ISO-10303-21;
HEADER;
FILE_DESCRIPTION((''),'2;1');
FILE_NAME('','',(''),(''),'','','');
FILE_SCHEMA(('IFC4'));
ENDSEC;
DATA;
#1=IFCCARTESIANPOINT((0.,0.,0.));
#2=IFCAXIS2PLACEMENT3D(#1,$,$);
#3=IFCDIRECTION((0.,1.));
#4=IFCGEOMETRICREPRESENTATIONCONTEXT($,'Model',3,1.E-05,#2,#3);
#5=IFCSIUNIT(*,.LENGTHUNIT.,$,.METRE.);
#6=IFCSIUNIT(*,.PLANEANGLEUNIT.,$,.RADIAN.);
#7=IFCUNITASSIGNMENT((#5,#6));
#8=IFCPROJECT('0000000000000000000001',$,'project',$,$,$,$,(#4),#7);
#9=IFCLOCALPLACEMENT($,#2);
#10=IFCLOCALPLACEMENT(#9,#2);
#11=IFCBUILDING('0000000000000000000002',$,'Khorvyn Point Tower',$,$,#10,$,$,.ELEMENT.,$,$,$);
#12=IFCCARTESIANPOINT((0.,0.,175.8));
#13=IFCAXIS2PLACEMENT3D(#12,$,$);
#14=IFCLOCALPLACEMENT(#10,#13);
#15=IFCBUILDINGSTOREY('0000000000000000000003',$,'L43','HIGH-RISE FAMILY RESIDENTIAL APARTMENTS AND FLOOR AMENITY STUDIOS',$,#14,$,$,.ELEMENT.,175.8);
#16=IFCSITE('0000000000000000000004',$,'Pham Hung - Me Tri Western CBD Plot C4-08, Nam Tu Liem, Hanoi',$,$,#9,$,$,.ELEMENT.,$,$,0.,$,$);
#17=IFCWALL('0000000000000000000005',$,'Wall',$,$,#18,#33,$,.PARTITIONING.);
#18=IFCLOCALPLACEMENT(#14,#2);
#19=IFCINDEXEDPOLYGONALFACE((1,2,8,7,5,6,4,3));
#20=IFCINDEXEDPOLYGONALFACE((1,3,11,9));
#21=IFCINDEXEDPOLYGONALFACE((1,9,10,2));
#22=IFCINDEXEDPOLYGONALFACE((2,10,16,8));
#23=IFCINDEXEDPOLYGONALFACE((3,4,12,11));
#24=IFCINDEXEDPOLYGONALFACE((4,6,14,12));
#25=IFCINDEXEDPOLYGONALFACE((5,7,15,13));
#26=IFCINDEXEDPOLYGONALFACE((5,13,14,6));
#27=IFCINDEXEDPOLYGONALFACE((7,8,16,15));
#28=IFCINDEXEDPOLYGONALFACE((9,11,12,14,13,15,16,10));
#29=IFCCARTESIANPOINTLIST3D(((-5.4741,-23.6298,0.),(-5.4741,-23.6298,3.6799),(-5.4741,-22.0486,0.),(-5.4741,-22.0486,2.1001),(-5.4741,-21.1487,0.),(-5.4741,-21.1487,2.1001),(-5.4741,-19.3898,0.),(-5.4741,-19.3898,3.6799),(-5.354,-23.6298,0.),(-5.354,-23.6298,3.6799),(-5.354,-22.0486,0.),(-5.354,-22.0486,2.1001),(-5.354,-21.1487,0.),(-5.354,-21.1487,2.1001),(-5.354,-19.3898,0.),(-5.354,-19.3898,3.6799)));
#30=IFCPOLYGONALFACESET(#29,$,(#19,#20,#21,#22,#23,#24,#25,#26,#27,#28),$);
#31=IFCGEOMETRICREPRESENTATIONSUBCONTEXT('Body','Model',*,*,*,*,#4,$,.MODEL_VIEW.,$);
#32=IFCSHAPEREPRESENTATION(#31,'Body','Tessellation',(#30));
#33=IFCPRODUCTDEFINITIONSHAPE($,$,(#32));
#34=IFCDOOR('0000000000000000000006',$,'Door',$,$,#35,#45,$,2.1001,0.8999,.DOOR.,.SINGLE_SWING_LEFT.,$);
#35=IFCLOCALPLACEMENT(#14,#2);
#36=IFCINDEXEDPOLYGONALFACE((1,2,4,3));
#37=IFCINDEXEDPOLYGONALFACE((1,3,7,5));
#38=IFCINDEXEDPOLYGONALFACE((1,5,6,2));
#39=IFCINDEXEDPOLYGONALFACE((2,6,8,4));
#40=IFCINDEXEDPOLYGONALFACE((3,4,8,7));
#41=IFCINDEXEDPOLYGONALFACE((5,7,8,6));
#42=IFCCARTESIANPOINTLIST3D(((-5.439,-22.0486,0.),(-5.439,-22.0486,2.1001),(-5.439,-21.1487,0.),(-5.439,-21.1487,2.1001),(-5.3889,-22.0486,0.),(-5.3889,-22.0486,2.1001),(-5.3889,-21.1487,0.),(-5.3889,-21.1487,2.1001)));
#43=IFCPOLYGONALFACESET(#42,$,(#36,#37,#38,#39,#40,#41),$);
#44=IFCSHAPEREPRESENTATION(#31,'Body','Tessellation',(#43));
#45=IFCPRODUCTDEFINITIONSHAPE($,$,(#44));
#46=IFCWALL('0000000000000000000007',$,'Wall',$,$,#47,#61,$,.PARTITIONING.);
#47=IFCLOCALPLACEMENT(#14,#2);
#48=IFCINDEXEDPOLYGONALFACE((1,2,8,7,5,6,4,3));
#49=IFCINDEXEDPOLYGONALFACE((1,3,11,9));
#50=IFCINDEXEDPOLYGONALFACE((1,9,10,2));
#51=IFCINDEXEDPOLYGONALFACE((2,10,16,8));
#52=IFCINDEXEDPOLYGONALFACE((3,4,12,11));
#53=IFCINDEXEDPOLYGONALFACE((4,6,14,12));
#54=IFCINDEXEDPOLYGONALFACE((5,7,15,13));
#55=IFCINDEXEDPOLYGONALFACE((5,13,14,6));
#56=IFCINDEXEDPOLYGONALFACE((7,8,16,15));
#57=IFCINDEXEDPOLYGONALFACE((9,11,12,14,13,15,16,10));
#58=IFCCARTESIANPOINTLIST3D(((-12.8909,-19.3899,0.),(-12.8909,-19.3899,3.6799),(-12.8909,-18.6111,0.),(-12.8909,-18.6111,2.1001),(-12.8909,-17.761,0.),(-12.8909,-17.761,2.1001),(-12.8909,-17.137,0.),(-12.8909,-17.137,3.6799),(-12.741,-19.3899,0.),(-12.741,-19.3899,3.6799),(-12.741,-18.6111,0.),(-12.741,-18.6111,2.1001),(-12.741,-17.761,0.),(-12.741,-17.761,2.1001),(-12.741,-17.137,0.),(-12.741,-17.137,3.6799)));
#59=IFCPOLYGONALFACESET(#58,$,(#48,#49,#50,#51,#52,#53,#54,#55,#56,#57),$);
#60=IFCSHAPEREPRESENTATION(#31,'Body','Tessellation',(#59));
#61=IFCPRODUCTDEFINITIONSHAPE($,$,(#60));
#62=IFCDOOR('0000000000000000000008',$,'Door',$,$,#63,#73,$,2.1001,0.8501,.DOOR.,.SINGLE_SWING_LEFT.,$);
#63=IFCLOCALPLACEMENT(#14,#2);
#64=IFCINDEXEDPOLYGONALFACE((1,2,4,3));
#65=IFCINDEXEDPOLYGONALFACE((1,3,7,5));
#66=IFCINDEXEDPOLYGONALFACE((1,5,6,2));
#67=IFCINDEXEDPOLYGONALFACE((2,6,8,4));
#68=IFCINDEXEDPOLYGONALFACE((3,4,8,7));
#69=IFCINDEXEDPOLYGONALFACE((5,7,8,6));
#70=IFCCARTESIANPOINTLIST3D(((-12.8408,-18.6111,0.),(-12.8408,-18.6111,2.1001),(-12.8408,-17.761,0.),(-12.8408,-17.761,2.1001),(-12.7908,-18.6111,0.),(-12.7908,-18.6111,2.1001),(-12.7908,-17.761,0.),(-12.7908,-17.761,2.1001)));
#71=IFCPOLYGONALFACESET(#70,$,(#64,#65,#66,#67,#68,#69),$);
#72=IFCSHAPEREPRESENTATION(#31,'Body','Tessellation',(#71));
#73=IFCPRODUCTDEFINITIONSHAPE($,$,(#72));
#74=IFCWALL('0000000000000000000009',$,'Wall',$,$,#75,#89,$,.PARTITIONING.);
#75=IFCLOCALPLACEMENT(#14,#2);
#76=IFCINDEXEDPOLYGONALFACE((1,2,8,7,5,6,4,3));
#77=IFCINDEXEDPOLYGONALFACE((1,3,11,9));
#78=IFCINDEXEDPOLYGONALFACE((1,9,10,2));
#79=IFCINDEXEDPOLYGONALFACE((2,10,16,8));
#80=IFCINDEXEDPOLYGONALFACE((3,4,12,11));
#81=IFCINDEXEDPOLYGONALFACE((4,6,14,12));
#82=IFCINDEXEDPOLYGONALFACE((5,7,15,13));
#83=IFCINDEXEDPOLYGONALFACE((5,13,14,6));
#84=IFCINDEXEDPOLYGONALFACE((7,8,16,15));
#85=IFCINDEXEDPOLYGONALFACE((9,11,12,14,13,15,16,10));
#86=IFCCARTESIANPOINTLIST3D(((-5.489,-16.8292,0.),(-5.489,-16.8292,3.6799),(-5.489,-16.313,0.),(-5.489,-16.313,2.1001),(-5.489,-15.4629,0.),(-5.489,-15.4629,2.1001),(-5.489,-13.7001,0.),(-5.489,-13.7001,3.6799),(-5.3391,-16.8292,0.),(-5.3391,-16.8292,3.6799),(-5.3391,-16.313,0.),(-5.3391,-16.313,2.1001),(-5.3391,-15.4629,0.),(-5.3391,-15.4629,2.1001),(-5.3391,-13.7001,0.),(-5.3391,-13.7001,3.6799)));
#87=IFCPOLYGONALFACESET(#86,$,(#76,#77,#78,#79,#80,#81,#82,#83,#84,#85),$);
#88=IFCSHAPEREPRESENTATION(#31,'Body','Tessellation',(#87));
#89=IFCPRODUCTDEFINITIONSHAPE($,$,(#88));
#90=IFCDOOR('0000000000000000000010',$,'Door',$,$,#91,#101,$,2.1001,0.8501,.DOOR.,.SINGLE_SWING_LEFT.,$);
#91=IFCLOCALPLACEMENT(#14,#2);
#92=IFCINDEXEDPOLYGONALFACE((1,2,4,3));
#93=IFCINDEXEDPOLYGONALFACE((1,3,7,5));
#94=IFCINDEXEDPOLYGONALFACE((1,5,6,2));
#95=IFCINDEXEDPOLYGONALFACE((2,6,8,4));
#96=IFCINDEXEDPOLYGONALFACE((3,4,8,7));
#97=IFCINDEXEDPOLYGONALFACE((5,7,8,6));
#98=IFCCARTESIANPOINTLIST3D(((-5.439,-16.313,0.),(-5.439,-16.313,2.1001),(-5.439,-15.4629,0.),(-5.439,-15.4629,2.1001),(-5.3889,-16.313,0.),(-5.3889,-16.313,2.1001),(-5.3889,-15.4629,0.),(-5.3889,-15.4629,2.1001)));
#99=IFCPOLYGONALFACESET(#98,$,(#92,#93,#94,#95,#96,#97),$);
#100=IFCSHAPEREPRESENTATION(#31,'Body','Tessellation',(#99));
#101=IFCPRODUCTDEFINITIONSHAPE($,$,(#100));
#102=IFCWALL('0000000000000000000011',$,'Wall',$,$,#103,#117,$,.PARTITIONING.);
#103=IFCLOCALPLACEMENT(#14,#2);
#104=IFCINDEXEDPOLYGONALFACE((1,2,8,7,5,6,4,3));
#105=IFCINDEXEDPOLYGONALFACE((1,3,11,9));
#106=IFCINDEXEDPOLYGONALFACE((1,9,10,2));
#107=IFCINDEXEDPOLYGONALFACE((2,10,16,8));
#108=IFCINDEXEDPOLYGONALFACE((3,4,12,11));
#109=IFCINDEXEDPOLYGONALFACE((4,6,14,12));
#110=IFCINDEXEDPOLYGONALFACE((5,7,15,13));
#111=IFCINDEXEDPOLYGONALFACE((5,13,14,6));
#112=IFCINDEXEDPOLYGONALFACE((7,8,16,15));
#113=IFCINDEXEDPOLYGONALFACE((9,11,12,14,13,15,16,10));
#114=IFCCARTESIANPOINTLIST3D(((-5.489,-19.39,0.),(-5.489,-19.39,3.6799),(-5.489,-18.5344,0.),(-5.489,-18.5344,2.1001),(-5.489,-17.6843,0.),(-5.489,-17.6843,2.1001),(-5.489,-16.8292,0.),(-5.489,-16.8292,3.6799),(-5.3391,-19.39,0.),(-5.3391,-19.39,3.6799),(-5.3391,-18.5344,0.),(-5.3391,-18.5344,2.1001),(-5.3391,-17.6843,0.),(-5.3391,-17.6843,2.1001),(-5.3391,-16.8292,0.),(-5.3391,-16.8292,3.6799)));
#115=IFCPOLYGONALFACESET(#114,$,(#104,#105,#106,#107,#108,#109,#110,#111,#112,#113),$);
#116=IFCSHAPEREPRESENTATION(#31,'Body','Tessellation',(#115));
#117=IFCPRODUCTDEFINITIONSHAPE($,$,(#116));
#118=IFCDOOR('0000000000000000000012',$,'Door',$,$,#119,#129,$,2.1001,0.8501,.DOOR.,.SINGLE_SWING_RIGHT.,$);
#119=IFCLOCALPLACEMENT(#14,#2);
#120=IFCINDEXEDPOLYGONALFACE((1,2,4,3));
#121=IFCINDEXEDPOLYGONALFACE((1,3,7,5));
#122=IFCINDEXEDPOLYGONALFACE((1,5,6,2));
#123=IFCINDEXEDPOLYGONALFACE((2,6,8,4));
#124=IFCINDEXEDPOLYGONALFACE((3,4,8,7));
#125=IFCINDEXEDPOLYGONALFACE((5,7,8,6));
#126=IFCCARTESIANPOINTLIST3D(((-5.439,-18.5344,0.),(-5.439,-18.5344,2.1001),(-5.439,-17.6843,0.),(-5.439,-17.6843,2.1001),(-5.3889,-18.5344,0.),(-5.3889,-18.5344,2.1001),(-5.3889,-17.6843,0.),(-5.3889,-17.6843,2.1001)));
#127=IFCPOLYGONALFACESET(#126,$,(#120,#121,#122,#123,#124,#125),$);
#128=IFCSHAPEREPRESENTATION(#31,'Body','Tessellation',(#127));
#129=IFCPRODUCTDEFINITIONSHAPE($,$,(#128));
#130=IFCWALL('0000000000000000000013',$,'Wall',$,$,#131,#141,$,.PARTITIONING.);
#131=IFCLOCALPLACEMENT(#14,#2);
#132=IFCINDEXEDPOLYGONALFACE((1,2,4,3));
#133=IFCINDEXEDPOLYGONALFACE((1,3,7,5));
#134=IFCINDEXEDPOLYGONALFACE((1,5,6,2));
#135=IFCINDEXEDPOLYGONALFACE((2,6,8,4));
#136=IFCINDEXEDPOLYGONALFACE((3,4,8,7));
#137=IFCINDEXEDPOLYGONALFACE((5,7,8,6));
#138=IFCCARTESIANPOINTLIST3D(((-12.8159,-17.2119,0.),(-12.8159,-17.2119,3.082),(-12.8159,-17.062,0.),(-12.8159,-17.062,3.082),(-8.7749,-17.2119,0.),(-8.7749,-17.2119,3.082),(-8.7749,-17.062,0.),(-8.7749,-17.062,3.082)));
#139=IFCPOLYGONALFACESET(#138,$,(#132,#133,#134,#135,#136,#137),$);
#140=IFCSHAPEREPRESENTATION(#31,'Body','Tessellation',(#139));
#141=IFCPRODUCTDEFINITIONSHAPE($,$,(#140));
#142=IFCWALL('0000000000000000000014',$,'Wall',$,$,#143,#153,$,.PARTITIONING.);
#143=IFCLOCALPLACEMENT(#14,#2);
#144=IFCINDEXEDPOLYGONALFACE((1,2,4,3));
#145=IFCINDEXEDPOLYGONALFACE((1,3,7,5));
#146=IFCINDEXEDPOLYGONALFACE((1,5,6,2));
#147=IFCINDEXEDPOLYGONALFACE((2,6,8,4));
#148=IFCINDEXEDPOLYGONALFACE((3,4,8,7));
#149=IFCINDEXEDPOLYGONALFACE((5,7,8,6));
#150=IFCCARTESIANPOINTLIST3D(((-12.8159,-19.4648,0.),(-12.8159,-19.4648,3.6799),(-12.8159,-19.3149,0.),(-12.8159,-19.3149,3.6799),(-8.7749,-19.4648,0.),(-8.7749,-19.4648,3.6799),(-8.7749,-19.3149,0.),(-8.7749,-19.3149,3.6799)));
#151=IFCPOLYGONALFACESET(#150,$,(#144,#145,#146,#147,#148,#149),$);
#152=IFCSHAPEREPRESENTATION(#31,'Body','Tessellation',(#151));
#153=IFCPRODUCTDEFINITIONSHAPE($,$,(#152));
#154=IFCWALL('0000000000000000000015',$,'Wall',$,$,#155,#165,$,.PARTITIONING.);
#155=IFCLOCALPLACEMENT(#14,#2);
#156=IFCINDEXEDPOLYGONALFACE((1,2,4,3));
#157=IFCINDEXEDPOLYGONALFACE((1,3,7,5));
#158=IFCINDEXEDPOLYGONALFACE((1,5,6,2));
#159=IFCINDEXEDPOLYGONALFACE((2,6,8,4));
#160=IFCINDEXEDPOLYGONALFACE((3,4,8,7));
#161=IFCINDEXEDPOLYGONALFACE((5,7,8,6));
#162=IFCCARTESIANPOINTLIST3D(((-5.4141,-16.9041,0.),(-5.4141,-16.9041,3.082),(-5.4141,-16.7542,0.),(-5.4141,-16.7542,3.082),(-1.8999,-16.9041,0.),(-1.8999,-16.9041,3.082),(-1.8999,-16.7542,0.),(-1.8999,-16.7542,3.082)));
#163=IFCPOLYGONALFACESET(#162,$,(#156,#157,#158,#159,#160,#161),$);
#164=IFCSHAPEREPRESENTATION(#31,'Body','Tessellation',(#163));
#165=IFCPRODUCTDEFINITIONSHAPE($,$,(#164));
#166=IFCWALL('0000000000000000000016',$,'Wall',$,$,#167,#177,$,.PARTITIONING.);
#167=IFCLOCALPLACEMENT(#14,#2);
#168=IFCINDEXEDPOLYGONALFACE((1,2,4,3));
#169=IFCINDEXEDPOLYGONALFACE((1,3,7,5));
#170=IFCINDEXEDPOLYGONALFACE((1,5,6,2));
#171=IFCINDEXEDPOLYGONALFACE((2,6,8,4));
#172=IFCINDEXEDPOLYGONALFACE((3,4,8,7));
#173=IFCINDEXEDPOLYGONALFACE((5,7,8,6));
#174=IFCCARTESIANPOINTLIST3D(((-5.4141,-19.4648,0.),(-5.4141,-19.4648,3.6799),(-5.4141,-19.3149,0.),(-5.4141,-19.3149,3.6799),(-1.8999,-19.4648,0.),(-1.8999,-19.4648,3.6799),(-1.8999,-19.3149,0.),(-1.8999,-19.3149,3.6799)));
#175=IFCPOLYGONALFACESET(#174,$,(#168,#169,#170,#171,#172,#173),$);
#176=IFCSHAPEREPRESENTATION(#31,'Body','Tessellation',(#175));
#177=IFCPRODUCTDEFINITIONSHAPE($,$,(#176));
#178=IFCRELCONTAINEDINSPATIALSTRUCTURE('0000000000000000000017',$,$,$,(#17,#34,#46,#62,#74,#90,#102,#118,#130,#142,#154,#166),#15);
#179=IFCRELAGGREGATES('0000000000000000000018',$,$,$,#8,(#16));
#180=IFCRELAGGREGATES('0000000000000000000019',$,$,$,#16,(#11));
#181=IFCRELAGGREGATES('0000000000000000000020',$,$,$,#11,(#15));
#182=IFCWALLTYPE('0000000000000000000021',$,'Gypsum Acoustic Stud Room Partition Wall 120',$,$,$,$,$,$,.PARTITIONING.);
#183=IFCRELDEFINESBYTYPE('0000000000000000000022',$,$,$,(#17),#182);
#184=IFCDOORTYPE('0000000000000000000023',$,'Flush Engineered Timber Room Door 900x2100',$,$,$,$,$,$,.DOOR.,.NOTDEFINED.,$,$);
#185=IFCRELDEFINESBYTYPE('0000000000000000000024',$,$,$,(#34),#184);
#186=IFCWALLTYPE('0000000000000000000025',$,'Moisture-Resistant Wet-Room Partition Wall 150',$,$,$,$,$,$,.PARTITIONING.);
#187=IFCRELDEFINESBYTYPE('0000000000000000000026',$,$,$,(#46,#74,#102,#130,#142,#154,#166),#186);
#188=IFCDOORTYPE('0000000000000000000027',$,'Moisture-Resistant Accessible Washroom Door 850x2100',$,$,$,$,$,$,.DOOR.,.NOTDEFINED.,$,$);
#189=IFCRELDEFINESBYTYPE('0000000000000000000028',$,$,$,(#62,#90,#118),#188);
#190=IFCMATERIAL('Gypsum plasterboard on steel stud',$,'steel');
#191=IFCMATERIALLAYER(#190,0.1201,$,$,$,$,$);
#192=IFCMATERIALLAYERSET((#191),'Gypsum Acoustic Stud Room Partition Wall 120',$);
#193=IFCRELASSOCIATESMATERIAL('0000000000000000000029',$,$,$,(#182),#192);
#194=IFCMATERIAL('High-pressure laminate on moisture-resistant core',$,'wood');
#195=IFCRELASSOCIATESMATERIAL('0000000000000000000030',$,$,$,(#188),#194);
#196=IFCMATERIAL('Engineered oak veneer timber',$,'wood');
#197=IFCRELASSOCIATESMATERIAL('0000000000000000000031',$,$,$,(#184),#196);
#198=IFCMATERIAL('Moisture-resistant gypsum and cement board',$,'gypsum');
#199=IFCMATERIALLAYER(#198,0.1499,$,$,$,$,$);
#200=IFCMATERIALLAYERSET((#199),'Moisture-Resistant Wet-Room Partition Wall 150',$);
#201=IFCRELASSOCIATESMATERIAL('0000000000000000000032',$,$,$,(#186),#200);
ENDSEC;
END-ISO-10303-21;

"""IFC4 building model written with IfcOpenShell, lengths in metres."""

from ifc_helpers import new_model, si_unit, direction, frame, frame_2d, origin, place, context, subcontext, project, spatial, rectangle, extrude, material, layer, layer_set, type_object, element, fill, save


model = new_model("IFC4")

# Units and contexts
model_context = context("Model", 3, precision=1e-05, world=origin(), true_north=direction((0.0, 1.0)))
body_context = subcontext(model_context, "Body", "Model", "MODEL_VIEW")
ifc_project = project(units=[si_unit("LENGTHUNIT", "METRE"), si_unit("PLANEANGLEUNIT", "RADIAN")], contexts=[model_context])

# Site, building, storey
site_placement = place(None, origin())
site = spatial("IfcSite", under=ifc_project, at=site_placement, Name="Pham Hung - Me Tri Western CBD Plot C4-08, Nam Tu Liem, Hanoi", CompositionType="ELEMENT", RefElevation=0.0)
building_placement = place(site_placement, origin())
building = spatial("IfcBuilding", under=site, at=building_placement, Name="Khorvyn Point Tower", CompositionType="ELEMENT")
storey_placement = place(building_placement, frame((0.0, 0.0, 175.8)))
storey = spatial("IfcBuildingStorey", under=building, at=storey_placement, Name="L43", Description="HIGH-RISE FAMILY RESIDENTIAL APARTMENTS AND FLOOR AMENITY STUDIOS", CompositionType="ELEMENT", Elevation=175.8)

# Walls, openings, doors
ifc_material_1 = material(Name="Gypsum plasterboard on steel stud", Category="steel")
ifc_layer_1 = layer(ifc_material_1, 0.1201)
ifc_layer_set_1 = layer_set([ifc_layer_1], Name="Gypsum Acoustic Stud Room Partition Wall 120")
wall_type_1 = type_object("IfcWallType", Name="Gypsum Acoustic Stud Room Partition Wall 120", PredefinedType="PARTITIONING", material=ifc_layer_set_1)
ifc_material_2 = material(Name="High-pressure laminate on moisture-resistant core", Category="wood")
door_type_1 = type_object("IfcDoorType", Name="Moisture-Resistant Accessible Washroom Door 850x2100", OperationType="NOTDEFINED", PredefinedType="DOOR", material=ifc_material_2)
ifc_material_3 = material(Name="Engineered oak veneer timber", Category="wood")
door_type_2 = type_object("IfcDoorType", Name="Flush Engineered Timber Room Door 900x2100", OperationType="NOTDEFINED", PredefinedType="DOOR", material=ifc_material_3)
wall_1_placement = place(storey_placement, frame((-5.4141, -23.6299, 0.0), z_axis=(0.0, 0.0, 1.0), x_axis=(0.0, 1.0, 0.0)))
wall_1 = element("IfcWall", 1, at=wall_1_placement, inside=storey, type_object=wall_type_1, Name="Wall", PredefinedType="PARTITIONING", context=body_context, shape_type="SweptSolid", body=[
    extrude(rectangle(XDim=4.24, YDim=0.1201, at=frame_2d((2.1201, 0.0))), origin(), (0.0, 0.0, 1.0), 3.6799),
])
opening_1_placement = place(wall_1_placement, frame((1.5813, 0.0, 0.0)))
opening_1 = element("IfcOpeningElement", 2, at=opening_1_placement, cuts=wall_1, PredefinedType="OPENING", context=body_context, shape_type="SweptSolid", body=[
    extrude(rectangle(XDim=0.8999, YDim=2.1001, at=frame_2d((0.45, 1.05))), frame((0.0, 0.0701, 0.0), z_axis=(0.0, -1.0, 0.0), x_axis=(1.0, 0.0, 0.0)), (0.0, 0.0, 1.0), 0.1401),
])
door_1_placement = place(opening_1_placement, origin())
door_1 = element("IfcDoor", 3, at=door_1_placement, inside=storey, type_object=door_type_2, Name="Door", OperationType="SINGLE_SWING_LEFT", OverallHeight=2.1001, OverallWidth=0.8999, PredefinedType="DOOR", context=body_context, shape_type="SweptSolid", body=[
    extrude(rectangle(XDim=0.8999, YDim=2.1001, at=frame_2d((0.45, 1.05))), frame((0.0, 0.0249, 0.0), z_axis=(0.0, -1.0, 0.0), x_axis=(1.0, 0.0, 0.0)), (0.0, 0.0, 1.0), 0.05),
])
fill(opening_1, door_1)
ifc_material_4 = material(Name="Moisture-resistant gypsum and cement board", Category="gypsum")
ifc_layer_2 = layer(ifc_material_4, 0.1499)
ifc_layer_set_2 = layer_set([ifc_layer_2], Name="Moisture-Resistant Wet-Room Partition Wall 150")
wall_type_2 = type_object("IfcWallType", Name="Moisture-Resistant Wet-Room Partition Wall 150", PredefinedType="PARTITIONING", material=ifc_layer_set_2)
wall_2_placement = place(storey_placement, frame((-12.8159, -19.3899, 0.0), z_axis=(0.0, 0.0, 1.0), x_axis=(0.0, 1.0, 0.0)))
wall_2 = element("IfcWall", 4, at=wall_2_placement, inside=storey, type_object=wall_type_2, Name="Wall", PredefinedType="PARTITIONING", context=body_context, shape_type="SweptSolid", body=[
    extrude(rectangle(XDim=2.2529, YDim=0.1499, at=frame_2d((1.1265, 0.0))), origin(), (0.0, 0.0, 1.0), 3.6799),
])
opening_2_placement = place(wall_2_placement, frame((0.7788, 0.0, 0.0)))
opening_2 = element("IfcOpeningElement", 5, at=opening_2_placement, cuts=wall_2, PredefinedType="OPENING", context=body_context, shape_type="SweptSolid", body=[
    extrude(rectangle(XDim=0.8501, YDim=2.1001, at=frame_2d((0.425, 1.05))), frame((0.0, 0.085, 0.0), z_axis=(0.0, -1.0, 0.0), x_axis=(1.0, 0.0, 0.0)), (0.0, 0.0, 1.0), 0.1699),
])
door_2_placement = place(opening_2_placement, origin())
door_2 = element("IfcDoor", 6, at=door_2_placement, inside=storey, type_object=door_type_1, Name="Door", OperationType="SINGLE_SWING_LEFT", OverallHeight=2.1001, OverallWidth=0.8501, PredefinedType="DOOR", context=body_context, shape_type="SweptSolid", body=[
    extrude(rectangle(XDim=0.8501, YDim=2.1001, at=frame_2d((0.425, 1.05))), frame((0.0, 0.0249, 0.0), z_axis=(0.0, -1.0, 0.0), x_axis=(1.0, 0.0, 0.0)), (0.0, 0.0, 1.0), 0.05),
])
fill(opening_2, door_2)
wall_3_placement = place(storey_placement, frame((-5.4141, -16.8291, 0.0), z_axis=(0.0, 0.0, 1.0), x_axis=(0.0, 1.0, 0.0)))
wall_3 = element("IfcWall", 7, at=wall_3_placement, inside=storey, type_object=wall_type_2, Name="Wall", PredefinedType="PARTITIONING", context=body_context, shape_type="SweptSolid", body=[
    extrude(rectangle(XDim=3.1292, YDim=0.1499, at=frame_2d((1.5645, 0.0))), origin(), (0.0, 0.0, 1.0), 3.6799),
])
opening_3_placement = place(wall_3_placement, frame((0.5161, 0.0, 0.0)))
opening_3 = element("IfcOpeningElement", 8, at=opening_3_placement, cuts=wall_3, PredefinedType="OPENING", context=body_context, shape_type="SweptSolid", body=[
    extrude(rectangle(XDim=0.8501, YDim=2.1001, at=frame_2d((0.425, 1.05))), frame((0.0, 0.085, 0.0), z_axis=(0.0, -1.0, 0.0), x_axis=(1.0, 0.0, 0.0)), (0.0, 0.0, 1.0), 0.1699),
])
door_3_placement = place(opening_3_placement, origin())
door_3 = element("IfcDoor", 9, at=door_3_placement, inside=storey, type_object=door_type_1, Name="Door", OperationType="SINGLE_SWING_LEFT", OverallHeight=2.1001, OverallWidth=0.8501, PredefinedType="DOOR", context=body_context, shape_type="SweptSolid", body=[
    extrude(rectangle(XDim=0.8501, YDim=2.1001, at=frame_2d((0.425, 1.05))), frame((0.0, 0.0249, 0.0), z_axis=(0.0, -1.0, 0.0), x_axis=(1.0, 0.0, 0.0)), (0.0, 0.0, 1.0), 0.05),
])
fill(opening_3, door_3)
wall_4_placement = place(storey_placement, frame((-5.4141, -19.3899, 0.0), z_axis=(0.0, 0.0, 1.0), x_axis=(0.0, 1.0, 0.0)))
wall_4 = element("IfcWall", 10, at=wall_4_placement, inside=storey, type_object=wall_type_2, Name="Wall", PredefinedType="PARTITIONING", context=body_context, shape_type="SweptSolid", body=[
    extrude(rectangle(XDim=2.5608, YDim=0.1499, at=frame_2d((1.2803, 0.0))), origin(), (0.0, 0.0, 1.0), 3.6799),
])
opening_4_placement = place(wall_4_placement, frame((0.8555, 0.0, 0.0)))
opening_4 = element("IfcOpeningElement", 11, at=opening_4_placement, cuts=wall_4, PredefinedType="OPENING", context=body_context, shape_type="SweptSolid", body=[
    extrude(rectangle(XDim=0.8501, YDim=2.1001, at=frame_2d((0.425, 1.05))), frame((0.0, 0.085, 0.0), z_axis=(0.0, -1.0, 0.0), x_axis=(1.0, 0.0, 0.0)), (0.0, 0.0, 1.0), 0.1699),
])
door_4_placement = place(opening_4_placement, origin())
door_4 = element("IfcDoor", 12, at=door_4_placement, inside=storey, type_object=door_type_1, Name="Door", OperationType="SINGLE_SWING_RIGHT", OverallHeight=2.1001, OverallWidth=0.8501, PredefinedType="DOOR", context=body_context, shape_type="SweptSolid", body=[
    extrude(rectangle(XDim=0.8501, YDim=2.1001, at=frame_2d((0.425, 1.05))), frame((0.0, 0.0249, 0.0), z_axis=(0.0, -1.0, 0.0), x_axis=(1.0, 0.0, 0.0)), (0.0, 0.0, 1.0), 0.05),
])
fill(opening_4, door_4)

# Walls
wall_5_placement = place(storey_placement, frame((-12.8159, -17.137, 0.0), z_axis=(0.0, 0.0, 1.0), x_axis=(1.0, 0.0, 0.0)))
element("IfcWall", 13, at=wall_5_placement, inside=storey, type_object=wall_type_2, Name="Wall", PredefinedType="PARTITIONING", context=body_context, shape_type="SweptSolid", body=[
    extrude(rectangle(XDim=4.041, YDim=0.1499, at=frame_2d((2.0205, 0.0))), origin(), (0.0, 0.0, 1.0), 3.082),
])
wall_6_placement = place(storey_placement, frame((-12.8159, -19.3899, 0.0), z_axis=(0.0, 0.0, 1.0), x_axis=(1.0, 0.0, 0.0)))
element("IfcWall", 14, at=wall_6_placement, inside=storey, type_object=wall_type_2, Name="Wall", PredefinedType="PARTITIONING", context=body_context, shape_type="SweptSolid", body=[
    extrude(rectangle(XDim=4.041, YDim=0.1499, at=frame_2d((2.0205, 0.0))), origin(), (0.0, 0.0, 1.0), 3.6799),
])
wall_7_placement = place(storey_placement, frame((-5.4141, -16.8291, 0.0), z_axis=(0.0, 0.0, 1.0), x_axis=(1.0, 0.0, 0.0)))
element("IfcWall", 15, at=wall_7_placement, inside=storey, type_object=wall_type_2, Name="Wall", PredefinedType="PARTITIONING", context=body_context, shape_type="SweptSolid", body=[
    extrude(rectangle(XDim=3.5142, YDim=0.1499, at=frame_2d((1.7571, 0.0))), origin(), (0.0, 0.0, 1.0), 3.082),
])
wall_8_placement = place(storey_placement, frame((-5.4141, -19.3899, 0.0), z_axis=(0.0, 0.0, 1.0), x_axis=(1.0, 0.0, 0.0)))
element("IfcWall", 16, at=wall_8_placement, inside=storey, type_object=wall_type_2, Name="Wall", PredefinedType="PARTITIONING", context=body_context, shape_type="SweptSolid", body=[
    extrude(rectangle(XDim=3.5142, YDim=0.1499, at=frame_2d((1.7571, 0.0))), origin(), (0.0, 0.0, 1.0), 3.6799),
])

save(model, "model.ifc")
